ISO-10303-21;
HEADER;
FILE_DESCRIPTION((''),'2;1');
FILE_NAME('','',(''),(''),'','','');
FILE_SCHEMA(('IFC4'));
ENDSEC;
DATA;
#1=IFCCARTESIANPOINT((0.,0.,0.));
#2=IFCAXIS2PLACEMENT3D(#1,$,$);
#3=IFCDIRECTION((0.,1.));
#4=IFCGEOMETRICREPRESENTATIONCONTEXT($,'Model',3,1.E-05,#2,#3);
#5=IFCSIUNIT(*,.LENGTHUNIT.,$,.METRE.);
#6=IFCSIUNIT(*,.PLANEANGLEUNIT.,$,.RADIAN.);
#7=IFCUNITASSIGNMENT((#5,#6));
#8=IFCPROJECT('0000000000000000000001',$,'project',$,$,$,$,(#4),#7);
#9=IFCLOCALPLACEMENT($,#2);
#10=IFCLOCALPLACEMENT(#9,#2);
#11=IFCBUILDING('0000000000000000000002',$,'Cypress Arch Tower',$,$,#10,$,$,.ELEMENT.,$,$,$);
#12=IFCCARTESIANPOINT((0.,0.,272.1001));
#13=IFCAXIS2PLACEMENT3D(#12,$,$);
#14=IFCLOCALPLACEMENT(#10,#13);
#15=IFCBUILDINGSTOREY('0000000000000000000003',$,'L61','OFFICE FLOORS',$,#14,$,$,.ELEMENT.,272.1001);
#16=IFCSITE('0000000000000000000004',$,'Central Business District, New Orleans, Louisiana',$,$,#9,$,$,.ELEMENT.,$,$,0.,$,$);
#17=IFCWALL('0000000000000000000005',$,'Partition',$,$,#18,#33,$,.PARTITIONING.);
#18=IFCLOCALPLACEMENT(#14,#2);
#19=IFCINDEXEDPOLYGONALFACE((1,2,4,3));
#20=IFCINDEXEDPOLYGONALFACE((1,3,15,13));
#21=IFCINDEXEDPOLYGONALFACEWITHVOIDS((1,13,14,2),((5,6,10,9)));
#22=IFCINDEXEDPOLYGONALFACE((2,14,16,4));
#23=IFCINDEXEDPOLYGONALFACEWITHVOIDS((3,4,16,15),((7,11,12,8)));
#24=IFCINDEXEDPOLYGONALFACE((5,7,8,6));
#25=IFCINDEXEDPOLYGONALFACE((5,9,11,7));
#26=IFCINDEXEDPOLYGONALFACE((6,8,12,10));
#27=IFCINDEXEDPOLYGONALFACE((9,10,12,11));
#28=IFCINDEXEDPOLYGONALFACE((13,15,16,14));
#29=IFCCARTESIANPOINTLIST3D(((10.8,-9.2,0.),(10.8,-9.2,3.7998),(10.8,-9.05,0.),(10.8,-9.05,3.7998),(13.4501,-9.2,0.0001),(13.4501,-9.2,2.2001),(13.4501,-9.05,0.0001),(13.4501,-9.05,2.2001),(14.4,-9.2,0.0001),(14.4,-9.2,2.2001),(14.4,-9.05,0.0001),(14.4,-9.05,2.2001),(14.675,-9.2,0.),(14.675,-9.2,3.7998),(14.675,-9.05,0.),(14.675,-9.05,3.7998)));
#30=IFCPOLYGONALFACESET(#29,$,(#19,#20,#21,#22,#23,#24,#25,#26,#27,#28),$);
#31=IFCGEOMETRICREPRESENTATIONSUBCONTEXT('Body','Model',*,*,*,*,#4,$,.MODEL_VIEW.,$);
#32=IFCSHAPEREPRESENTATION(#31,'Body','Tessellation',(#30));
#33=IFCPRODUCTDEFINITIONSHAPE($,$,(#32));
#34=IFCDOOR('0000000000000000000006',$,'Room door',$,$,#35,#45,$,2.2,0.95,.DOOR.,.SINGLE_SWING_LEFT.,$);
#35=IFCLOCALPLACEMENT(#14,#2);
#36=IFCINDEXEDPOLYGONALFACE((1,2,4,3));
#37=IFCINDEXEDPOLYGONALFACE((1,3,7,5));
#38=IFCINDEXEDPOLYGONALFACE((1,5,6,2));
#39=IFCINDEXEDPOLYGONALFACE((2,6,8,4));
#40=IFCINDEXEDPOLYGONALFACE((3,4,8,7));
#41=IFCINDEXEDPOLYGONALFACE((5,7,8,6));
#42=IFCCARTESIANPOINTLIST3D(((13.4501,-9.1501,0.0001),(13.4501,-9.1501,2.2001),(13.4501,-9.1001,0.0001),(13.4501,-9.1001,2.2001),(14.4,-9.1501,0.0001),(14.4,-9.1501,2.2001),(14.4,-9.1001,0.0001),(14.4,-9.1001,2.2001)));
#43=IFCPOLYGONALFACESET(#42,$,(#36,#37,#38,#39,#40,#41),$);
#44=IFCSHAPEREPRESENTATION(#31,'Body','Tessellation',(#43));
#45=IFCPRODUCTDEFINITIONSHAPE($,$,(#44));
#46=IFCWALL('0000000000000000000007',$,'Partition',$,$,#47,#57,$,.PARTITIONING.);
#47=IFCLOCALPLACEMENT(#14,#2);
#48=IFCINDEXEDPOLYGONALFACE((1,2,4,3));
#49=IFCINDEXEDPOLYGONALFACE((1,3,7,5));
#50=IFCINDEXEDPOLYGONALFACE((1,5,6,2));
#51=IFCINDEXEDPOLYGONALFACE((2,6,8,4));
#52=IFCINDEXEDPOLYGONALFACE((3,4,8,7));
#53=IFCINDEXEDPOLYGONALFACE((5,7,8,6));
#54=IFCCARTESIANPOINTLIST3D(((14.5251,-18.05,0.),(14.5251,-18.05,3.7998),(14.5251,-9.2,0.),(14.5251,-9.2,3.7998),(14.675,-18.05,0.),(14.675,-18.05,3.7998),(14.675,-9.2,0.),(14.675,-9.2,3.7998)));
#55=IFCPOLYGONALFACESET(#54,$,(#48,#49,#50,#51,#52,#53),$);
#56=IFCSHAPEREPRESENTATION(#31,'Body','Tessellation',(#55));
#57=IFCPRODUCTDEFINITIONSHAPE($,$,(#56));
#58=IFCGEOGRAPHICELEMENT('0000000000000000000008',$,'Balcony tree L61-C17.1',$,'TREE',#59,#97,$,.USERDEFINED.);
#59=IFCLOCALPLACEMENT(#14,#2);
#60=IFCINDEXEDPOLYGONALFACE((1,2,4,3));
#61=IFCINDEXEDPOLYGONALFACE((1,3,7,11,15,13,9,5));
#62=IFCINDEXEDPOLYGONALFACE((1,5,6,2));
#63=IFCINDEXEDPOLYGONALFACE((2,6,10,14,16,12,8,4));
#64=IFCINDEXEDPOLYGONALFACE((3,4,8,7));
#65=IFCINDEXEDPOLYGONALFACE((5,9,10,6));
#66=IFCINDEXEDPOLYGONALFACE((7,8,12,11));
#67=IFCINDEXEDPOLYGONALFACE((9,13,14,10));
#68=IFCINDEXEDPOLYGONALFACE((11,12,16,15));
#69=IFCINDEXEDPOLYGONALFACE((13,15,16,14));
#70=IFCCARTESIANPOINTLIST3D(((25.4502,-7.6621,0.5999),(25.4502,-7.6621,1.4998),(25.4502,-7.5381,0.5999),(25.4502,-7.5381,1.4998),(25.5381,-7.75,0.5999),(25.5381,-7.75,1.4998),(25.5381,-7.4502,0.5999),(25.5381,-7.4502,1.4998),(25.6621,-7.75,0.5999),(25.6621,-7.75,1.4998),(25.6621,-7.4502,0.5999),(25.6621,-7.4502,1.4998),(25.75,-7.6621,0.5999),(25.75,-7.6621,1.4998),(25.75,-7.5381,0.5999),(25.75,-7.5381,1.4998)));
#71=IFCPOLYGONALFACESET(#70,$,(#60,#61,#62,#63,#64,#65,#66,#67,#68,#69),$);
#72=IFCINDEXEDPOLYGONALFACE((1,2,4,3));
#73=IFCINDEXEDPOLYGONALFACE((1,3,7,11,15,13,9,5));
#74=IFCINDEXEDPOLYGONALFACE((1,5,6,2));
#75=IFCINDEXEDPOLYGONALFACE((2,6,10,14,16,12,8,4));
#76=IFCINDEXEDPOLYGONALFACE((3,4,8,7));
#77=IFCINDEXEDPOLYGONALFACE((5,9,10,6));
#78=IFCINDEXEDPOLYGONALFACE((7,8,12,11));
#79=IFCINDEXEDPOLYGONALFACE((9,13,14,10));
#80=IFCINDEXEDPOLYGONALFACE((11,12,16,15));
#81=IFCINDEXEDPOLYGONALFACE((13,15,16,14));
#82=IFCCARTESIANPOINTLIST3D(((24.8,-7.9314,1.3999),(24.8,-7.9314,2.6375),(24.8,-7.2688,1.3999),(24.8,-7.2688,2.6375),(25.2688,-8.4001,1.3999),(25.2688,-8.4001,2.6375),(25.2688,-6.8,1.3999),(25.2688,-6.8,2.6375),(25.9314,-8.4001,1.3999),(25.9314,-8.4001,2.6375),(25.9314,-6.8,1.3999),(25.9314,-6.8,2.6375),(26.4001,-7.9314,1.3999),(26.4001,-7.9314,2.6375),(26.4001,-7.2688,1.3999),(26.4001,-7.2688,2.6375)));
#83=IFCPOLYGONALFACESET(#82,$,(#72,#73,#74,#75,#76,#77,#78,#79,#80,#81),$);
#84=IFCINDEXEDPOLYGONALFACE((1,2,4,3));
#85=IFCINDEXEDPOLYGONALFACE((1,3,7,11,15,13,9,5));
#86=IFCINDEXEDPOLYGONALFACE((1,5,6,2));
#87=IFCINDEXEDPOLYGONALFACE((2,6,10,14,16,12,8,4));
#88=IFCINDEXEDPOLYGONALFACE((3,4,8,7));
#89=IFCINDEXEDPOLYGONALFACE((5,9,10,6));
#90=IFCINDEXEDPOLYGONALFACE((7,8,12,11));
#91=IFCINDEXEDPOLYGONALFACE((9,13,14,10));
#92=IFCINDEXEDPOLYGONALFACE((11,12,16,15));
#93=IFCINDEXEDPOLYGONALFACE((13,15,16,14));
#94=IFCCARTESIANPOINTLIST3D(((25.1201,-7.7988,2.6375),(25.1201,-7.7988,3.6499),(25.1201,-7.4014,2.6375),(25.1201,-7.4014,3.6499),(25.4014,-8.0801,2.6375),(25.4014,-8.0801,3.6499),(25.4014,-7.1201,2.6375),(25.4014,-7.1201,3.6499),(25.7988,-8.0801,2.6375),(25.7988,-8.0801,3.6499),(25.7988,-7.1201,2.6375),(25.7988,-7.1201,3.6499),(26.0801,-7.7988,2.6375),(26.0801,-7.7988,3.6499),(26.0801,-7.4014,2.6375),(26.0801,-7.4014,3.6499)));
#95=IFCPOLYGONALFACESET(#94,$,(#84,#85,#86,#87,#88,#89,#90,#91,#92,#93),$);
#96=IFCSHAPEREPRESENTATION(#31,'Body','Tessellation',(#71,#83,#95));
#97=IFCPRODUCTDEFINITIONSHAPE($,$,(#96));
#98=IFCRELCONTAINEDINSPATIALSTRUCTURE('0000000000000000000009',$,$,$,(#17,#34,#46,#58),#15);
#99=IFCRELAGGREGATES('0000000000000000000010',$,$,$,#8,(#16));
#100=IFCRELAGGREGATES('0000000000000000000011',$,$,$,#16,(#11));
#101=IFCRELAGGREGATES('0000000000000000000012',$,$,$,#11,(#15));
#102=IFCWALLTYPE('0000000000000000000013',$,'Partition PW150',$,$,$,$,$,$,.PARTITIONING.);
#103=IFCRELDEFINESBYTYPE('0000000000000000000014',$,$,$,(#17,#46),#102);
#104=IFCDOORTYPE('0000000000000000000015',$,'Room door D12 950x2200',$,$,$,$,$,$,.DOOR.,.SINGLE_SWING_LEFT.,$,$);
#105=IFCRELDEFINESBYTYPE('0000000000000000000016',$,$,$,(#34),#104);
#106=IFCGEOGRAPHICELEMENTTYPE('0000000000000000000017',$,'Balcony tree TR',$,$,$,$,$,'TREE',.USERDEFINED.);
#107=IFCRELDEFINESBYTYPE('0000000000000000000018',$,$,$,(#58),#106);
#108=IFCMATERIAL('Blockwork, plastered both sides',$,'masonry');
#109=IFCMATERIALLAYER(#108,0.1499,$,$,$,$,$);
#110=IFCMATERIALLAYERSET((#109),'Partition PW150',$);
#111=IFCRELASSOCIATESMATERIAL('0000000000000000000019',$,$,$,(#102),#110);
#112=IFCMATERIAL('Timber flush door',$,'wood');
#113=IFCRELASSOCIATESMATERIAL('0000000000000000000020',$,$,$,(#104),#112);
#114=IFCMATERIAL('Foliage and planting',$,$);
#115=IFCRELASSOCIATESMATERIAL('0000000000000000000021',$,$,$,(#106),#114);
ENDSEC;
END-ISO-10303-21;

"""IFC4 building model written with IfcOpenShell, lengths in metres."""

from ifc_helpers import new_model, si_unit, direction, frame, frame_2d, origin, place, context, subcontext, project, spatial, polyline, rectangle, outline, extrude, material, layer, layer_set, type_object, element, fill, save


model = new_model("IFC4")

# Units and contexts
model_context = context("Model", 3, precision=1e-05, world=origin(), true_north=direction((0.0, 1.0)))
body_context = subcontext(model_context, "Body", "Model", "MODEL_VIEW")
ifc_project = project(units=[si_unit("LENGTHUNIT", "METRE"), si_unit("PLANEANGLEUNIT", "RADIAN")], contexts=[model_context])

# Site, building, storey
site_placement = place(None, origin())
site = spatial("IfcSite", under=ifc_project, at=site_placement, Name="Central Business District, New Orleans, Louisiana", CompositionType="ELEMENT", RefElevation=0.0)
building_placement = place(site_placement, origin())
building = spatial("IfcBuilding", under=site, at=building_placement, Name="Cypress Arch Tower", CompositionType="ELEMENT")
storey_placement = place(building_placement, frame((0.0, 0.0, 272.1001)))
storey = spatial("IfcBuildingStorey", under=building, at=storey_placement, Name="L61", Description="OFFICE FLOORS", CompositionType="ELEMENT", Elevation=272.1001)

# Wall, opening, door
ifc_material_1 = material(Name="Blockwork, plastered both sides", Category="masonry")
ifc_layer_1 = layer(ifc_material_1, 0.1499)
ifc_layer_set_1 = layer_set([ifc_layer_1], Name="Partition PW150")
wall_type_1 = type_object("IfcWallType", Name="Partition PW150", PredefinedType="PARTITIONING", material=ifc_layer_set_1)
wall_1_placement = place(storey_placement, frame((10.8, -9.125, 0.0), z_axis=(0.0, 0.0, 1.0), x_axis=(1.0, 0.0, 0.0)))
wall_1 = element("IfcWall", 1, at=wall_1_placement, inside=storey, type_object=wall_type_1, Name="Partition", PredefinedType="PARTITIONING", context=body_context, shape_type="SweptSolid", body=[
    extrude(rectangle(XDim=3.875, YDim=0.1499, at=frame_2d((1.9375, 0.0))), origin(), (0.0, 0.0, 1.0), 3.7998),
])
opening_1_placement = place(wall_1_placement, frame((2.6499, 0.0, 0.0)))
opening_1 = element("IfcOpeningElement", 2, at=opening_1_placement, cuts=wall_1, PredefinedType="OPENING", context=body_context, shape_type="SweptSolid", body=[
    extrude(rectangle(XDim=0.95, YDim=2.2, at=frame_2d((0.4751, 1.1001))), frame((0.0, 0.085, 0.0), z_axis=(0.0, -1.0, 0.0), x_axis=(1.0, 0.0, 0.0)), (0.0, 0.0, 1.0), 0.1699),
])
ifc_material_2 = material(Name="Timber flush door", Category="wood")
door_type = type_object("IfcDoorType", Name="Room door D12 950x2200", OperationType="SINGLE_SWING_LEFT", PredefinedType="DOOR", material=ifc_material_2)
door_placement = place(opening_1_placement, origin())
door = element("IfcDoor", 3, at=door_placement, inside=storey, type_object=door_type, Name="Room door", OperationType="SINGLE_SWING_LEFT", OverallHeight=2.2, OverallWidth=0.95, PredefinedType="DOOR", context=body_context, shape_type="SweptSolid", body=[
    extrude(rectangle(XDim=0.95, YDim=2.2, at=frame_2d((0.4751, 1.1001))), frame((0.0, 0.0249, 0.0), z_axis=(0.0, -1.0, 0.0), x_axis=(1.0, 0.0, 0.0)), (0.0, 0.0, 1.0), 0.05),
])
fill(opening_1, door)

# Wall
wall_2_placement = place(storey_placement, frame((14.6001, -18.05, 0.0), z_axis=(0.0, 0.0, 1.0), x_axis=(0.0, 1.0, 0.0)))
element("IfcWall", 4, at=wall_2_placement, inside=storey, type_object=wall_type_1, Name="Partition", PredefinedType="PARTITIONING", context=body_context, shape_type="SweptSolid", body=[
    extrude(rectangle(XDim=8.8501, YDim=0.1499, at=frame_2d((4.425, 0.0))), origin(), (0.0, 0.0, 1.0), 3.7998),
])

# Geographic element
ifc_material_3 = material(Name="Foliage and planting")
geographic_element_type = type_object("IfcGeographicElementType", Name="Balcony tree TR", ElementType="TREE", PredefinedType="USERDEFINED", material=ifc_material_3)
geographic_element_placement = place(storey_placement, frame((25.6001, -7.6001, 0.5999), z_axis=(0.0, 0.0, 1.0), x_axis=(1.0, 0.0, 0.0)))
element("IfcGeographicElement", 5, at=geographic_element_placement, inside=storey, type_object=geographic_element_type, Name="Balcony tree L61-C17.1", ObjectType="TREE", PredefinedType="USERDEFINED", context=body_context, shape_type="SweptSolid", body=[
    extrude(outline(polyline([(0.1499, 0.062), (0.062, 0.1499), (-0.062, 0.1499), (-0.1499, 0.062), (-0.1499, -0.062), (-0.062, -0.1499), (0.062, -0.1499), (0.1499, -0.062), (0.1499, 0.062)])), origin(), (0.0, 0.0, 1.0), 0.8999),
    extrude(outline(polyline([(0.8, 0.3313), (0.3313, 0.8), (-0.3313, 0.8), (-0.8, 0.3313), (-0.8, -0.3313), (-0.3313, -0.8), (0.3313, -0.8), (0.8, -0.3313), (0.8, 0.3313)])), frame((0.0, 0.0, 0.8)), (0.0, 0.0, 1.0), 1.2375),
    extrude(outline(polyline([(0.48, 0.1987), (0.1987, 0.48), (-0.1987, 0.48), (-0.48, 0.1987), (-0.48, -0.1987), (-0.1987, -0.48), (0.1987, -0.48), (0.48, -0.1987), (0.48, 0.1987)])), frame((0.0, 0.0, 2.0376)), (0.0, 0.0, 1.0), 1.0125),
])

save(model, "model.ifc")
